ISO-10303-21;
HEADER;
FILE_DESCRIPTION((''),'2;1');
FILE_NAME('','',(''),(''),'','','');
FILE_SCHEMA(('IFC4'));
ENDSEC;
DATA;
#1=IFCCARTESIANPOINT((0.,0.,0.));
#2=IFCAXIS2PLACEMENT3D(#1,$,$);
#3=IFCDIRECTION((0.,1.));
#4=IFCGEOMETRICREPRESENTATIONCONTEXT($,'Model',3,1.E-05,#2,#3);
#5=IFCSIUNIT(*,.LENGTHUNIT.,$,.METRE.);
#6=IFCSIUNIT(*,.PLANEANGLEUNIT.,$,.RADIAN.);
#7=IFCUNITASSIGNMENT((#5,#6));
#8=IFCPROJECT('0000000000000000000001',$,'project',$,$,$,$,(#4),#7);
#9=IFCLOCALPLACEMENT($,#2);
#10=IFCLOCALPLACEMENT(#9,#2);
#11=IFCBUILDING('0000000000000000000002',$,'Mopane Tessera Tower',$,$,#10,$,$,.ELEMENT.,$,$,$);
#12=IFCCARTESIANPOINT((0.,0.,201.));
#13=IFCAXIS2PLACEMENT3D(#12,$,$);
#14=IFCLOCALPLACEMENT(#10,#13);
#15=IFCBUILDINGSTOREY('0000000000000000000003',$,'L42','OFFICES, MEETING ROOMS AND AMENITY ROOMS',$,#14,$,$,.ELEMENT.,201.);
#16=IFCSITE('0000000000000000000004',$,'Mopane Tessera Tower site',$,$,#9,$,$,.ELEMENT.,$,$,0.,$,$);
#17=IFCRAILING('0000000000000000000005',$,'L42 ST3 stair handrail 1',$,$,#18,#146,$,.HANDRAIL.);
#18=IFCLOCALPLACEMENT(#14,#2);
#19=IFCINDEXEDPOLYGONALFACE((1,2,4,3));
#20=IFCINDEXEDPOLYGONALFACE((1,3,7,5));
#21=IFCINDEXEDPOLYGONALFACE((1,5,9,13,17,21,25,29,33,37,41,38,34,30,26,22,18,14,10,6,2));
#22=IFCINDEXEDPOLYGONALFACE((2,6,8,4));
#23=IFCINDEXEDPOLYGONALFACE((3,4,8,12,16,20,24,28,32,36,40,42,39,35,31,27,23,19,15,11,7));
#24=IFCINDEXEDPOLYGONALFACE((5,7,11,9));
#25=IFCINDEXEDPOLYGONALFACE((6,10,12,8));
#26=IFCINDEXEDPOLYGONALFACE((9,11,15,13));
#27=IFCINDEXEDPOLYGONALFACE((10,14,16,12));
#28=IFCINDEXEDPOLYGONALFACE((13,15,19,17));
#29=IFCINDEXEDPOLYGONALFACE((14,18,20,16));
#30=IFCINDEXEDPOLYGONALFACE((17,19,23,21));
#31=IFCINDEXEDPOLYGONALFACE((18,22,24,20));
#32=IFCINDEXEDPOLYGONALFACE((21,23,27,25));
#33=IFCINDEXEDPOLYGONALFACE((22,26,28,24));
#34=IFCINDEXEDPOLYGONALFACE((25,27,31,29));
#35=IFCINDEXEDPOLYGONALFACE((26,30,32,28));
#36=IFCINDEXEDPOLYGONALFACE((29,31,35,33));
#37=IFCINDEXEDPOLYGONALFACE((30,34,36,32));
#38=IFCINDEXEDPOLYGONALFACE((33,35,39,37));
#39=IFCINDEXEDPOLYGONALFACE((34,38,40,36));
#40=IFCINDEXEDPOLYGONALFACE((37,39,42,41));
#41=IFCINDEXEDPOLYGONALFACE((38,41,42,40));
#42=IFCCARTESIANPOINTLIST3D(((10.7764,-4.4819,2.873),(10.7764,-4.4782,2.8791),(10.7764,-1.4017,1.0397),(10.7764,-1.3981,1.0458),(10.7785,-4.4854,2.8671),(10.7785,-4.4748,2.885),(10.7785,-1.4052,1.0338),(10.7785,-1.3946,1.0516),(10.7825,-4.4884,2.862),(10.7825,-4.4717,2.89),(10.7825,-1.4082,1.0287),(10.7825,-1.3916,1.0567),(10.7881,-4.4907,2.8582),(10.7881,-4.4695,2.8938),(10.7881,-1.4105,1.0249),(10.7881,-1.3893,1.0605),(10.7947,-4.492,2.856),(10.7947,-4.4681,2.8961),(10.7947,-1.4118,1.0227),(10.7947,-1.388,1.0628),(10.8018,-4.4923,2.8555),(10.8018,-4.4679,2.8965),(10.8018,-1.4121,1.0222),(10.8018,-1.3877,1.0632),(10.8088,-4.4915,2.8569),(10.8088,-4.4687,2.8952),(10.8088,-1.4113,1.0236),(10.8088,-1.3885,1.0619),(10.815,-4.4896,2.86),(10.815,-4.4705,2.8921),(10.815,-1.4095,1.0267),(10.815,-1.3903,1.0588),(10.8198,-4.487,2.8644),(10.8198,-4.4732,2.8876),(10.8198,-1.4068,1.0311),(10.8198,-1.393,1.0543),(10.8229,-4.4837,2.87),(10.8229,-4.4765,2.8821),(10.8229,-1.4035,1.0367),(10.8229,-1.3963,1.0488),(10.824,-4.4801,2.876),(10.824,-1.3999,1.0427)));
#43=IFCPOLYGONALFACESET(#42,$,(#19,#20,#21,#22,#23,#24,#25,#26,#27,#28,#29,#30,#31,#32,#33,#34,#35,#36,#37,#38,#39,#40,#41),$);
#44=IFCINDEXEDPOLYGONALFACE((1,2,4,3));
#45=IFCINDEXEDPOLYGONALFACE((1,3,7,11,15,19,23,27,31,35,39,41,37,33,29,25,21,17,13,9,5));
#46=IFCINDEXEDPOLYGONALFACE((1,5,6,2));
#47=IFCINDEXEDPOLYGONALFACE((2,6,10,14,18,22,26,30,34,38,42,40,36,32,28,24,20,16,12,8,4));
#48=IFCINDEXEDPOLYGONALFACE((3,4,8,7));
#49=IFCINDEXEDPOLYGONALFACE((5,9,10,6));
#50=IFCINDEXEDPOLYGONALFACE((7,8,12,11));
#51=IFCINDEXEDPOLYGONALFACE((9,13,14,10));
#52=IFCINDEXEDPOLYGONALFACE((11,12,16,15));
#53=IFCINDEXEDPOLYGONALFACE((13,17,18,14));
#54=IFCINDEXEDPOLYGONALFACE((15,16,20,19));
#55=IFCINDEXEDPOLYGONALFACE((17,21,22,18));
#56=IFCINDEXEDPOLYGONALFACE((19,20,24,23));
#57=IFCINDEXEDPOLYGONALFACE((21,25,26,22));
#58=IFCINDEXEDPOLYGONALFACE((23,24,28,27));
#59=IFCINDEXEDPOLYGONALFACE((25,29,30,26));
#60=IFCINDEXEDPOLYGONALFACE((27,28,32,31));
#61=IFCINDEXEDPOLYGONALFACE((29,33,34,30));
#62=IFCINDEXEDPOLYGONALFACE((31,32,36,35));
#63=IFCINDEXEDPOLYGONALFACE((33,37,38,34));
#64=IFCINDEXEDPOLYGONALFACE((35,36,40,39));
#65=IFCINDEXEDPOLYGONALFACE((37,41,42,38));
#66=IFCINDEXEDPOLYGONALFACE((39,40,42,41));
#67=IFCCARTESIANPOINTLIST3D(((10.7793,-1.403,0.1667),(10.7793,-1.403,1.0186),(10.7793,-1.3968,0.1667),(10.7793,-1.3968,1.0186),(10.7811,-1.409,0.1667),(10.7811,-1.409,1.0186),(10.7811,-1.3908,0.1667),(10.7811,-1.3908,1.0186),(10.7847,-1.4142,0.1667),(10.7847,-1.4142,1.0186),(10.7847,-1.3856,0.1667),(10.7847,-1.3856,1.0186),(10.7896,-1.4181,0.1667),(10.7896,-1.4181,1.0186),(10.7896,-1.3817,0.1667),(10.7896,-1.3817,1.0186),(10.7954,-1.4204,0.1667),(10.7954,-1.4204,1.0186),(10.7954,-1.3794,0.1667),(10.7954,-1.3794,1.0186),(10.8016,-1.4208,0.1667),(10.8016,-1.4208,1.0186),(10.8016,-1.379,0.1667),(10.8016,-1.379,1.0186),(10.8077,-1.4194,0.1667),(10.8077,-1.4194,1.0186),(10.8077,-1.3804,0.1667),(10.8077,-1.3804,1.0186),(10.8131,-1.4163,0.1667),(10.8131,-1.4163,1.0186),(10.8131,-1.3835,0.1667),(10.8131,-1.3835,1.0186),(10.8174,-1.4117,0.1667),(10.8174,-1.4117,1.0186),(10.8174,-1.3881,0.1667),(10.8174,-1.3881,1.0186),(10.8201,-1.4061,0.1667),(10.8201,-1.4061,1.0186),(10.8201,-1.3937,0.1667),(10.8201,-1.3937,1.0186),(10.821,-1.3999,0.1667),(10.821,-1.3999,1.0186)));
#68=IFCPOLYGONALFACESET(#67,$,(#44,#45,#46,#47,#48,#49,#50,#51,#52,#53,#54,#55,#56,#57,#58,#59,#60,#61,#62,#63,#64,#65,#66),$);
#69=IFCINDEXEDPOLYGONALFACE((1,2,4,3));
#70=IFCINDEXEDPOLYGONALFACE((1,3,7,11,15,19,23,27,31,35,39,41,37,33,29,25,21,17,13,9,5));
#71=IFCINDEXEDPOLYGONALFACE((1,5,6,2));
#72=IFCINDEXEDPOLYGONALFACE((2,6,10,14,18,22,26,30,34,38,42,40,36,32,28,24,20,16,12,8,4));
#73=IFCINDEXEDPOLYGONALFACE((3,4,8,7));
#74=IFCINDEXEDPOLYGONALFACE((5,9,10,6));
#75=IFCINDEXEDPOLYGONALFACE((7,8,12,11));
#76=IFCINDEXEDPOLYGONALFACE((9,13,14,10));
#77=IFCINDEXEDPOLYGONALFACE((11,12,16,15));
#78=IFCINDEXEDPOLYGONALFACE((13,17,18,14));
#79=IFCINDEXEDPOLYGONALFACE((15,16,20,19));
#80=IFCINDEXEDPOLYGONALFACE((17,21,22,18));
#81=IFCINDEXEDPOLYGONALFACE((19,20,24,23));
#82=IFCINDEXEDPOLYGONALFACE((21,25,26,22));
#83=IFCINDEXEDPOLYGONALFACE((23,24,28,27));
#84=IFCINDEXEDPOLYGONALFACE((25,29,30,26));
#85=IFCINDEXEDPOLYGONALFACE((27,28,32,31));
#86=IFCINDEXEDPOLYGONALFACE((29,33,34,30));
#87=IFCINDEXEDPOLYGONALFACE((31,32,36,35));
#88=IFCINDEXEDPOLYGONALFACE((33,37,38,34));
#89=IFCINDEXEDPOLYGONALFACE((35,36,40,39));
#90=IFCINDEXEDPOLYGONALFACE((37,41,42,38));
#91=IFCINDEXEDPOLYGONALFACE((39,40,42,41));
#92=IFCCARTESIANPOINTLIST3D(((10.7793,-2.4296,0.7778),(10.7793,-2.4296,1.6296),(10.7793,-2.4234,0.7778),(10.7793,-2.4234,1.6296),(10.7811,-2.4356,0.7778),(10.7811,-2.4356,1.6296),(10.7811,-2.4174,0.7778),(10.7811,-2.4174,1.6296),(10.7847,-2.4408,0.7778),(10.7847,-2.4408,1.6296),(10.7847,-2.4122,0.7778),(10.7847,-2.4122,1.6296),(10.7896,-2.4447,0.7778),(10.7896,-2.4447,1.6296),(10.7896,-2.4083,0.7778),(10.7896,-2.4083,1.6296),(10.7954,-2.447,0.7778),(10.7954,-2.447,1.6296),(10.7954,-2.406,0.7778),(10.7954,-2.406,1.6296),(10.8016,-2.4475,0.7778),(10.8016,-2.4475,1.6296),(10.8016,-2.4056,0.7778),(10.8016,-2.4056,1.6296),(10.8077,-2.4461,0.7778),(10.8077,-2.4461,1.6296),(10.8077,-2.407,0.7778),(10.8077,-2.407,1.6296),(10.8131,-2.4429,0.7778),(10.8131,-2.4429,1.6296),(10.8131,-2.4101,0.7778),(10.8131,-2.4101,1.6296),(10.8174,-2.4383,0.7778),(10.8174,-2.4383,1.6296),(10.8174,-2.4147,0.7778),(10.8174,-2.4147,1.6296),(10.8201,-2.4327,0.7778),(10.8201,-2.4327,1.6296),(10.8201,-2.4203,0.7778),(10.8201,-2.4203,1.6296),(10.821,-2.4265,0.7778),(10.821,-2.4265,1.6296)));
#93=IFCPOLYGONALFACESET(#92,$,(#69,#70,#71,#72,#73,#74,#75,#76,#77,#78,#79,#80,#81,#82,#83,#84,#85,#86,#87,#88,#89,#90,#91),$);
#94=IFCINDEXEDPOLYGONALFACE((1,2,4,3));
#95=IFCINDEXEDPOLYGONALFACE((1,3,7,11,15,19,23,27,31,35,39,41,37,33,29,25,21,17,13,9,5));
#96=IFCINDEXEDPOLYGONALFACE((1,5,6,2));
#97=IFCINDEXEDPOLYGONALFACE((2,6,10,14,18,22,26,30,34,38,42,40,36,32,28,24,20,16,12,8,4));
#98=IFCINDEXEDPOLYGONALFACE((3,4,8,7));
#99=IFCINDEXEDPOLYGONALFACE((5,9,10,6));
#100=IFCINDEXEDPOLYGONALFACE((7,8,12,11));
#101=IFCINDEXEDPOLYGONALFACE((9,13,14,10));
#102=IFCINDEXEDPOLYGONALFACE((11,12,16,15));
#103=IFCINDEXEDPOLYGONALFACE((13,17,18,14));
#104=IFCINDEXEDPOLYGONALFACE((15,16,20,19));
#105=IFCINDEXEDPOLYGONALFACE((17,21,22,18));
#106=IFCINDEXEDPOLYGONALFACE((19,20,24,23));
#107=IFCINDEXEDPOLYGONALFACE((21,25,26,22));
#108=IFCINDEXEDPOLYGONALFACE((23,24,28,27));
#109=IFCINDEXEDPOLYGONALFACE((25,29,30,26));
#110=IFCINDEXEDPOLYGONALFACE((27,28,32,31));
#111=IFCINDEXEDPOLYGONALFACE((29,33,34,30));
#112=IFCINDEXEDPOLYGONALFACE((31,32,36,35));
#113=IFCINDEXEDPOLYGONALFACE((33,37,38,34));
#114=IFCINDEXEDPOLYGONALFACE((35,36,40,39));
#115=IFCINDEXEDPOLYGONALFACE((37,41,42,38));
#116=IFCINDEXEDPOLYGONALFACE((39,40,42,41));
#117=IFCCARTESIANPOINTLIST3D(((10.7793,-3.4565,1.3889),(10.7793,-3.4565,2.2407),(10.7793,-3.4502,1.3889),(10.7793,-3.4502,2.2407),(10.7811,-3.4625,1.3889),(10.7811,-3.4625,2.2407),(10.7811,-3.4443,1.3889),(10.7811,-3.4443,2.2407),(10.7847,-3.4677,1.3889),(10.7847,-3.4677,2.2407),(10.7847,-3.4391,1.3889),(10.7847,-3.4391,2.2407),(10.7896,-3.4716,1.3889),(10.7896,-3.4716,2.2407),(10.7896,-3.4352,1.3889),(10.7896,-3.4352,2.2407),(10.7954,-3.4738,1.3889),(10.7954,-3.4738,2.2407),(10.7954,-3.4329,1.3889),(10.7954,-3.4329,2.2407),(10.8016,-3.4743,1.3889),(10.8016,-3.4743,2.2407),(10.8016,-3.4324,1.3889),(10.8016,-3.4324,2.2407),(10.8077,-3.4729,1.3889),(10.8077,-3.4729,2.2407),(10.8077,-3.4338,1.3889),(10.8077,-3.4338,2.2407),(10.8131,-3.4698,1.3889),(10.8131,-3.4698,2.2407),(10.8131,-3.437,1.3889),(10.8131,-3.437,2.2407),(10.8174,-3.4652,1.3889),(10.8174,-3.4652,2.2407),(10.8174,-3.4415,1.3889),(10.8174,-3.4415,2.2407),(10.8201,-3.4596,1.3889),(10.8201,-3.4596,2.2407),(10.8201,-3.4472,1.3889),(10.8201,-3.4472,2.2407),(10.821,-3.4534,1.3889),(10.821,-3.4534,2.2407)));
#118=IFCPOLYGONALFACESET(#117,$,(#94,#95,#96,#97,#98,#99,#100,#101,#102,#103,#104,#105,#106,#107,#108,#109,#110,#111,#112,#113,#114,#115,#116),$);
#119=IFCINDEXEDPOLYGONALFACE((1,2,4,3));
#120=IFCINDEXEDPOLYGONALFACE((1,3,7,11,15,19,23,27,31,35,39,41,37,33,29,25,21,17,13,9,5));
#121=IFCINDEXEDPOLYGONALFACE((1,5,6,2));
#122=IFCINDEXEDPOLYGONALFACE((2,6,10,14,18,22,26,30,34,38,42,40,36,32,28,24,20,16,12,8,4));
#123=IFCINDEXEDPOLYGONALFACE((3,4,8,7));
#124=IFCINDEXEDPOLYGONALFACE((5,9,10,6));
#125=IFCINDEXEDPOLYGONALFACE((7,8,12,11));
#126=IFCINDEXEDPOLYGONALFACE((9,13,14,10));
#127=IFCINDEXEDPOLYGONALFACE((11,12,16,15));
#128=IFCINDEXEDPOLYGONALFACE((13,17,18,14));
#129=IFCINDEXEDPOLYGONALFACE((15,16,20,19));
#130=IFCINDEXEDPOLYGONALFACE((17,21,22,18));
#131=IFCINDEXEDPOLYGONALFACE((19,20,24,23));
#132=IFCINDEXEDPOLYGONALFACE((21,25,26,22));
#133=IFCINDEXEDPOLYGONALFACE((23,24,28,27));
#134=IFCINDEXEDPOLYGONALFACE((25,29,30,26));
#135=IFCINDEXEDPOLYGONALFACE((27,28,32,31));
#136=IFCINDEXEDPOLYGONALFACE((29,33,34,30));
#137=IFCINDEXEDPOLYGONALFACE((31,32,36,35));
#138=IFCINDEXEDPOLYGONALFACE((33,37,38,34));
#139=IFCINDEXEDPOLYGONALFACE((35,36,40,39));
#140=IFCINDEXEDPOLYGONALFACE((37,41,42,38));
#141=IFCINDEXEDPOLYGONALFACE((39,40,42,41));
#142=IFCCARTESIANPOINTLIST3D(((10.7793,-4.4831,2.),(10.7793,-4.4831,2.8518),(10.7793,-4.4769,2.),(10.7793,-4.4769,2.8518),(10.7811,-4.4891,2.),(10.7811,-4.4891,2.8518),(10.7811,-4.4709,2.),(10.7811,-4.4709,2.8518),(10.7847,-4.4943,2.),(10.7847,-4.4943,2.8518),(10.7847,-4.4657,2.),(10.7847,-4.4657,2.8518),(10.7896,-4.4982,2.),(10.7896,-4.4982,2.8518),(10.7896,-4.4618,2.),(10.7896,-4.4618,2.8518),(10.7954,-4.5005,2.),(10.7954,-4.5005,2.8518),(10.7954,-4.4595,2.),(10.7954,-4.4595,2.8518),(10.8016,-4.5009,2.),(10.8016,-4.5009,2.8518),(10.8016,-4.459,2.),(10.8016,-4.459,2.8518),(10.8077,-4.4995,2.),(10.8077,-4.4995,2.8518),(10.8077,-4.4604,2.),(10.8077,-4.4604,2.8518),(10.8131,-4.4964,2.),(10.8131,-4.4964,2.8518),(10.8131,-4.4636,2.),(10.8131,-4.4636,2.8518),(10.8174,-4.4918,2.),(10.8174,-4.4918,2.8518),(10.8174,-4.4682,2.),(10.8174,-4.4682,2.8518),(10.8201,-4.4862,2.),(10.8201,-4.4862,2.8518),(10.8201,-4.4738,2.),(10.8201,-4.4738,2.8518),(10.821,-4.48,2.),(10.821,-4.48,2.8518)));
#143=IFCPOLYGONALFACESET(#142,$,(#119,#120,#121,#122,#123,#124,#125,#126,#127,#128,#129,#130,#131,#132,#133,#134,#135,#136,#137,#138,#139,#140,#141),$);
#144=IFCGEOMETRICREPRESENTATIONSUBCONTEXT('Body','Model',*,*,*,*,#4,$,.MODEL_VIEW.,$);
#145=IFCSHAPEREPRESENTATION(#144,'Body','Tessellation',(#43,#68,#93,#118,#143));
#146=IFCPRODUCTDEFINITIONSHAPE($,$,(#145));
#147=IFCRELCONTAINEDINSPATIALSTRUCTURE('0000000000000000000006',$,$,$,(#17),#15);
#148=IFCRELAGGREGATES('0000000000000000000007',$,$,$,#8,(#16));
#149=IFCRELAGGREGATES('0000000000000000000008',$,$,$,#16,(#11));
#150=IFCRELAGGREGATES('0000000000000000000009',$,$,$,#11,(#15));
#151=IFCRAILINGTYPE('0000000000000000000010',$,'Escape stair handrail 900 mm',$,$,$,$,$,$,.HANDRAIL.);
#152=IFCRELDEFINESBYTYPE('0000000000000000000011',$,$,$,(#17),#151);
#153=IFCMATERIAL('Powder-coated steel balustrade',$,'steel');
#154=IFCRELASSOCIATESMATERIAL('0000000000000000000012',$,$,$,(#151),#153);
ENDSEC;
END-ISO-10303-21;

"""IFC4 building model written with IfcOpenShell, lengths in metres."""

from ifc_helpers import new_model, si_unit, direction, frame, origin, origin_2d, place, context, subcontext, project, spatial, circle, extrude, material, type_object, element, save


model = new_model("IFC4")

# Units and contexts
model_context = context("Model", 3, precision=1e-05, world=origin(), true_north=direction((0.0, 1.0)))
body_context = subcontext(model_context, "Body", "Model", "MODEL_VIEW")
ifc_project = project(units=[si_unit("LENGTHUNIT", "METRE"), si_unit("PLANEANGLEUNIT", "RADIAN")], contexts=[model_context])

# Site, building, storey
site_placement = place(None, origin())
site = spatial("IfcSite", under=ifc_project, at=site_placement, Name="Mopane Tessera Tower site", CompositionType="ELEMENT", RefElevation=0.0)
building_placement = place(site_placement, origin())
building = spatial("IfcBuilding", under=site, at=building_placement, Name="Mopane Tessera Tower", CompositionType="ELEMENT")
storey_placement = place(building_placement, frame((0.0, 0.0, 201.0)))
storey = spatial("IfcBuildingStorey", under=building, at=storey_placement, Name="L42", Description="OFFICES, MEETING ROOMS AND AMENITY ROOMS", CompositionType="ELEMENT", Elevation=201.0)

# Railing
ifc_material_1 = material(Name="Powder-coated steel balustrade", Category="steel")
railing_type_1 = type_object("IfcRailingType", Name="Escape stair handrail 900 mm", PredefinedType="HANDRAIL", material=ifc_material_1)
railing_1_placement = place(storey_placement, frame((10.8, -1.3999, 0.1667)))
element("IfcRailing", 1, at=railing_1_placement, inside=storey, type_object=railing_type_1, Name="L42 ST3 stair handrail 1", PredefinedType="HANDRAIL", context=body_context, shape_type="SweptSolid", body=[
    extrude(circle(Radius=0.0239, at=origin_2d()), frame((0.0, 0.0, 0.876), z_axis=(0.0, -0.859309, 0.511458), x_axis=(1.0, 0.0, 0.0)), (0.0, 0.0, 1.0), 3.5845),
    extrude(circle(Radius=0.021, at=origin_2d()), origin(), (0.0, 0.0, 1.0), 0.8518),
    extrude(circle(Radius=0.021, at=origin_2d()), frame((0.0, -1.0266, 0.6111)), (0.0, 0.0, 1.0), 0.8518),
    extrude(circle(Radius=0.021, at=origin_2d()), frame((0.0, -2.0535, 1.2222)), (0.0, 0.0, 1.0), 0.8518),
    extrude(circle(Radius=0.021, at=origin_2d()), frame((0.0, -3.0801, 1.8333)), (0.0, 0.0, 1.0), 0.8518),
])

save(model, "model.ifc")
